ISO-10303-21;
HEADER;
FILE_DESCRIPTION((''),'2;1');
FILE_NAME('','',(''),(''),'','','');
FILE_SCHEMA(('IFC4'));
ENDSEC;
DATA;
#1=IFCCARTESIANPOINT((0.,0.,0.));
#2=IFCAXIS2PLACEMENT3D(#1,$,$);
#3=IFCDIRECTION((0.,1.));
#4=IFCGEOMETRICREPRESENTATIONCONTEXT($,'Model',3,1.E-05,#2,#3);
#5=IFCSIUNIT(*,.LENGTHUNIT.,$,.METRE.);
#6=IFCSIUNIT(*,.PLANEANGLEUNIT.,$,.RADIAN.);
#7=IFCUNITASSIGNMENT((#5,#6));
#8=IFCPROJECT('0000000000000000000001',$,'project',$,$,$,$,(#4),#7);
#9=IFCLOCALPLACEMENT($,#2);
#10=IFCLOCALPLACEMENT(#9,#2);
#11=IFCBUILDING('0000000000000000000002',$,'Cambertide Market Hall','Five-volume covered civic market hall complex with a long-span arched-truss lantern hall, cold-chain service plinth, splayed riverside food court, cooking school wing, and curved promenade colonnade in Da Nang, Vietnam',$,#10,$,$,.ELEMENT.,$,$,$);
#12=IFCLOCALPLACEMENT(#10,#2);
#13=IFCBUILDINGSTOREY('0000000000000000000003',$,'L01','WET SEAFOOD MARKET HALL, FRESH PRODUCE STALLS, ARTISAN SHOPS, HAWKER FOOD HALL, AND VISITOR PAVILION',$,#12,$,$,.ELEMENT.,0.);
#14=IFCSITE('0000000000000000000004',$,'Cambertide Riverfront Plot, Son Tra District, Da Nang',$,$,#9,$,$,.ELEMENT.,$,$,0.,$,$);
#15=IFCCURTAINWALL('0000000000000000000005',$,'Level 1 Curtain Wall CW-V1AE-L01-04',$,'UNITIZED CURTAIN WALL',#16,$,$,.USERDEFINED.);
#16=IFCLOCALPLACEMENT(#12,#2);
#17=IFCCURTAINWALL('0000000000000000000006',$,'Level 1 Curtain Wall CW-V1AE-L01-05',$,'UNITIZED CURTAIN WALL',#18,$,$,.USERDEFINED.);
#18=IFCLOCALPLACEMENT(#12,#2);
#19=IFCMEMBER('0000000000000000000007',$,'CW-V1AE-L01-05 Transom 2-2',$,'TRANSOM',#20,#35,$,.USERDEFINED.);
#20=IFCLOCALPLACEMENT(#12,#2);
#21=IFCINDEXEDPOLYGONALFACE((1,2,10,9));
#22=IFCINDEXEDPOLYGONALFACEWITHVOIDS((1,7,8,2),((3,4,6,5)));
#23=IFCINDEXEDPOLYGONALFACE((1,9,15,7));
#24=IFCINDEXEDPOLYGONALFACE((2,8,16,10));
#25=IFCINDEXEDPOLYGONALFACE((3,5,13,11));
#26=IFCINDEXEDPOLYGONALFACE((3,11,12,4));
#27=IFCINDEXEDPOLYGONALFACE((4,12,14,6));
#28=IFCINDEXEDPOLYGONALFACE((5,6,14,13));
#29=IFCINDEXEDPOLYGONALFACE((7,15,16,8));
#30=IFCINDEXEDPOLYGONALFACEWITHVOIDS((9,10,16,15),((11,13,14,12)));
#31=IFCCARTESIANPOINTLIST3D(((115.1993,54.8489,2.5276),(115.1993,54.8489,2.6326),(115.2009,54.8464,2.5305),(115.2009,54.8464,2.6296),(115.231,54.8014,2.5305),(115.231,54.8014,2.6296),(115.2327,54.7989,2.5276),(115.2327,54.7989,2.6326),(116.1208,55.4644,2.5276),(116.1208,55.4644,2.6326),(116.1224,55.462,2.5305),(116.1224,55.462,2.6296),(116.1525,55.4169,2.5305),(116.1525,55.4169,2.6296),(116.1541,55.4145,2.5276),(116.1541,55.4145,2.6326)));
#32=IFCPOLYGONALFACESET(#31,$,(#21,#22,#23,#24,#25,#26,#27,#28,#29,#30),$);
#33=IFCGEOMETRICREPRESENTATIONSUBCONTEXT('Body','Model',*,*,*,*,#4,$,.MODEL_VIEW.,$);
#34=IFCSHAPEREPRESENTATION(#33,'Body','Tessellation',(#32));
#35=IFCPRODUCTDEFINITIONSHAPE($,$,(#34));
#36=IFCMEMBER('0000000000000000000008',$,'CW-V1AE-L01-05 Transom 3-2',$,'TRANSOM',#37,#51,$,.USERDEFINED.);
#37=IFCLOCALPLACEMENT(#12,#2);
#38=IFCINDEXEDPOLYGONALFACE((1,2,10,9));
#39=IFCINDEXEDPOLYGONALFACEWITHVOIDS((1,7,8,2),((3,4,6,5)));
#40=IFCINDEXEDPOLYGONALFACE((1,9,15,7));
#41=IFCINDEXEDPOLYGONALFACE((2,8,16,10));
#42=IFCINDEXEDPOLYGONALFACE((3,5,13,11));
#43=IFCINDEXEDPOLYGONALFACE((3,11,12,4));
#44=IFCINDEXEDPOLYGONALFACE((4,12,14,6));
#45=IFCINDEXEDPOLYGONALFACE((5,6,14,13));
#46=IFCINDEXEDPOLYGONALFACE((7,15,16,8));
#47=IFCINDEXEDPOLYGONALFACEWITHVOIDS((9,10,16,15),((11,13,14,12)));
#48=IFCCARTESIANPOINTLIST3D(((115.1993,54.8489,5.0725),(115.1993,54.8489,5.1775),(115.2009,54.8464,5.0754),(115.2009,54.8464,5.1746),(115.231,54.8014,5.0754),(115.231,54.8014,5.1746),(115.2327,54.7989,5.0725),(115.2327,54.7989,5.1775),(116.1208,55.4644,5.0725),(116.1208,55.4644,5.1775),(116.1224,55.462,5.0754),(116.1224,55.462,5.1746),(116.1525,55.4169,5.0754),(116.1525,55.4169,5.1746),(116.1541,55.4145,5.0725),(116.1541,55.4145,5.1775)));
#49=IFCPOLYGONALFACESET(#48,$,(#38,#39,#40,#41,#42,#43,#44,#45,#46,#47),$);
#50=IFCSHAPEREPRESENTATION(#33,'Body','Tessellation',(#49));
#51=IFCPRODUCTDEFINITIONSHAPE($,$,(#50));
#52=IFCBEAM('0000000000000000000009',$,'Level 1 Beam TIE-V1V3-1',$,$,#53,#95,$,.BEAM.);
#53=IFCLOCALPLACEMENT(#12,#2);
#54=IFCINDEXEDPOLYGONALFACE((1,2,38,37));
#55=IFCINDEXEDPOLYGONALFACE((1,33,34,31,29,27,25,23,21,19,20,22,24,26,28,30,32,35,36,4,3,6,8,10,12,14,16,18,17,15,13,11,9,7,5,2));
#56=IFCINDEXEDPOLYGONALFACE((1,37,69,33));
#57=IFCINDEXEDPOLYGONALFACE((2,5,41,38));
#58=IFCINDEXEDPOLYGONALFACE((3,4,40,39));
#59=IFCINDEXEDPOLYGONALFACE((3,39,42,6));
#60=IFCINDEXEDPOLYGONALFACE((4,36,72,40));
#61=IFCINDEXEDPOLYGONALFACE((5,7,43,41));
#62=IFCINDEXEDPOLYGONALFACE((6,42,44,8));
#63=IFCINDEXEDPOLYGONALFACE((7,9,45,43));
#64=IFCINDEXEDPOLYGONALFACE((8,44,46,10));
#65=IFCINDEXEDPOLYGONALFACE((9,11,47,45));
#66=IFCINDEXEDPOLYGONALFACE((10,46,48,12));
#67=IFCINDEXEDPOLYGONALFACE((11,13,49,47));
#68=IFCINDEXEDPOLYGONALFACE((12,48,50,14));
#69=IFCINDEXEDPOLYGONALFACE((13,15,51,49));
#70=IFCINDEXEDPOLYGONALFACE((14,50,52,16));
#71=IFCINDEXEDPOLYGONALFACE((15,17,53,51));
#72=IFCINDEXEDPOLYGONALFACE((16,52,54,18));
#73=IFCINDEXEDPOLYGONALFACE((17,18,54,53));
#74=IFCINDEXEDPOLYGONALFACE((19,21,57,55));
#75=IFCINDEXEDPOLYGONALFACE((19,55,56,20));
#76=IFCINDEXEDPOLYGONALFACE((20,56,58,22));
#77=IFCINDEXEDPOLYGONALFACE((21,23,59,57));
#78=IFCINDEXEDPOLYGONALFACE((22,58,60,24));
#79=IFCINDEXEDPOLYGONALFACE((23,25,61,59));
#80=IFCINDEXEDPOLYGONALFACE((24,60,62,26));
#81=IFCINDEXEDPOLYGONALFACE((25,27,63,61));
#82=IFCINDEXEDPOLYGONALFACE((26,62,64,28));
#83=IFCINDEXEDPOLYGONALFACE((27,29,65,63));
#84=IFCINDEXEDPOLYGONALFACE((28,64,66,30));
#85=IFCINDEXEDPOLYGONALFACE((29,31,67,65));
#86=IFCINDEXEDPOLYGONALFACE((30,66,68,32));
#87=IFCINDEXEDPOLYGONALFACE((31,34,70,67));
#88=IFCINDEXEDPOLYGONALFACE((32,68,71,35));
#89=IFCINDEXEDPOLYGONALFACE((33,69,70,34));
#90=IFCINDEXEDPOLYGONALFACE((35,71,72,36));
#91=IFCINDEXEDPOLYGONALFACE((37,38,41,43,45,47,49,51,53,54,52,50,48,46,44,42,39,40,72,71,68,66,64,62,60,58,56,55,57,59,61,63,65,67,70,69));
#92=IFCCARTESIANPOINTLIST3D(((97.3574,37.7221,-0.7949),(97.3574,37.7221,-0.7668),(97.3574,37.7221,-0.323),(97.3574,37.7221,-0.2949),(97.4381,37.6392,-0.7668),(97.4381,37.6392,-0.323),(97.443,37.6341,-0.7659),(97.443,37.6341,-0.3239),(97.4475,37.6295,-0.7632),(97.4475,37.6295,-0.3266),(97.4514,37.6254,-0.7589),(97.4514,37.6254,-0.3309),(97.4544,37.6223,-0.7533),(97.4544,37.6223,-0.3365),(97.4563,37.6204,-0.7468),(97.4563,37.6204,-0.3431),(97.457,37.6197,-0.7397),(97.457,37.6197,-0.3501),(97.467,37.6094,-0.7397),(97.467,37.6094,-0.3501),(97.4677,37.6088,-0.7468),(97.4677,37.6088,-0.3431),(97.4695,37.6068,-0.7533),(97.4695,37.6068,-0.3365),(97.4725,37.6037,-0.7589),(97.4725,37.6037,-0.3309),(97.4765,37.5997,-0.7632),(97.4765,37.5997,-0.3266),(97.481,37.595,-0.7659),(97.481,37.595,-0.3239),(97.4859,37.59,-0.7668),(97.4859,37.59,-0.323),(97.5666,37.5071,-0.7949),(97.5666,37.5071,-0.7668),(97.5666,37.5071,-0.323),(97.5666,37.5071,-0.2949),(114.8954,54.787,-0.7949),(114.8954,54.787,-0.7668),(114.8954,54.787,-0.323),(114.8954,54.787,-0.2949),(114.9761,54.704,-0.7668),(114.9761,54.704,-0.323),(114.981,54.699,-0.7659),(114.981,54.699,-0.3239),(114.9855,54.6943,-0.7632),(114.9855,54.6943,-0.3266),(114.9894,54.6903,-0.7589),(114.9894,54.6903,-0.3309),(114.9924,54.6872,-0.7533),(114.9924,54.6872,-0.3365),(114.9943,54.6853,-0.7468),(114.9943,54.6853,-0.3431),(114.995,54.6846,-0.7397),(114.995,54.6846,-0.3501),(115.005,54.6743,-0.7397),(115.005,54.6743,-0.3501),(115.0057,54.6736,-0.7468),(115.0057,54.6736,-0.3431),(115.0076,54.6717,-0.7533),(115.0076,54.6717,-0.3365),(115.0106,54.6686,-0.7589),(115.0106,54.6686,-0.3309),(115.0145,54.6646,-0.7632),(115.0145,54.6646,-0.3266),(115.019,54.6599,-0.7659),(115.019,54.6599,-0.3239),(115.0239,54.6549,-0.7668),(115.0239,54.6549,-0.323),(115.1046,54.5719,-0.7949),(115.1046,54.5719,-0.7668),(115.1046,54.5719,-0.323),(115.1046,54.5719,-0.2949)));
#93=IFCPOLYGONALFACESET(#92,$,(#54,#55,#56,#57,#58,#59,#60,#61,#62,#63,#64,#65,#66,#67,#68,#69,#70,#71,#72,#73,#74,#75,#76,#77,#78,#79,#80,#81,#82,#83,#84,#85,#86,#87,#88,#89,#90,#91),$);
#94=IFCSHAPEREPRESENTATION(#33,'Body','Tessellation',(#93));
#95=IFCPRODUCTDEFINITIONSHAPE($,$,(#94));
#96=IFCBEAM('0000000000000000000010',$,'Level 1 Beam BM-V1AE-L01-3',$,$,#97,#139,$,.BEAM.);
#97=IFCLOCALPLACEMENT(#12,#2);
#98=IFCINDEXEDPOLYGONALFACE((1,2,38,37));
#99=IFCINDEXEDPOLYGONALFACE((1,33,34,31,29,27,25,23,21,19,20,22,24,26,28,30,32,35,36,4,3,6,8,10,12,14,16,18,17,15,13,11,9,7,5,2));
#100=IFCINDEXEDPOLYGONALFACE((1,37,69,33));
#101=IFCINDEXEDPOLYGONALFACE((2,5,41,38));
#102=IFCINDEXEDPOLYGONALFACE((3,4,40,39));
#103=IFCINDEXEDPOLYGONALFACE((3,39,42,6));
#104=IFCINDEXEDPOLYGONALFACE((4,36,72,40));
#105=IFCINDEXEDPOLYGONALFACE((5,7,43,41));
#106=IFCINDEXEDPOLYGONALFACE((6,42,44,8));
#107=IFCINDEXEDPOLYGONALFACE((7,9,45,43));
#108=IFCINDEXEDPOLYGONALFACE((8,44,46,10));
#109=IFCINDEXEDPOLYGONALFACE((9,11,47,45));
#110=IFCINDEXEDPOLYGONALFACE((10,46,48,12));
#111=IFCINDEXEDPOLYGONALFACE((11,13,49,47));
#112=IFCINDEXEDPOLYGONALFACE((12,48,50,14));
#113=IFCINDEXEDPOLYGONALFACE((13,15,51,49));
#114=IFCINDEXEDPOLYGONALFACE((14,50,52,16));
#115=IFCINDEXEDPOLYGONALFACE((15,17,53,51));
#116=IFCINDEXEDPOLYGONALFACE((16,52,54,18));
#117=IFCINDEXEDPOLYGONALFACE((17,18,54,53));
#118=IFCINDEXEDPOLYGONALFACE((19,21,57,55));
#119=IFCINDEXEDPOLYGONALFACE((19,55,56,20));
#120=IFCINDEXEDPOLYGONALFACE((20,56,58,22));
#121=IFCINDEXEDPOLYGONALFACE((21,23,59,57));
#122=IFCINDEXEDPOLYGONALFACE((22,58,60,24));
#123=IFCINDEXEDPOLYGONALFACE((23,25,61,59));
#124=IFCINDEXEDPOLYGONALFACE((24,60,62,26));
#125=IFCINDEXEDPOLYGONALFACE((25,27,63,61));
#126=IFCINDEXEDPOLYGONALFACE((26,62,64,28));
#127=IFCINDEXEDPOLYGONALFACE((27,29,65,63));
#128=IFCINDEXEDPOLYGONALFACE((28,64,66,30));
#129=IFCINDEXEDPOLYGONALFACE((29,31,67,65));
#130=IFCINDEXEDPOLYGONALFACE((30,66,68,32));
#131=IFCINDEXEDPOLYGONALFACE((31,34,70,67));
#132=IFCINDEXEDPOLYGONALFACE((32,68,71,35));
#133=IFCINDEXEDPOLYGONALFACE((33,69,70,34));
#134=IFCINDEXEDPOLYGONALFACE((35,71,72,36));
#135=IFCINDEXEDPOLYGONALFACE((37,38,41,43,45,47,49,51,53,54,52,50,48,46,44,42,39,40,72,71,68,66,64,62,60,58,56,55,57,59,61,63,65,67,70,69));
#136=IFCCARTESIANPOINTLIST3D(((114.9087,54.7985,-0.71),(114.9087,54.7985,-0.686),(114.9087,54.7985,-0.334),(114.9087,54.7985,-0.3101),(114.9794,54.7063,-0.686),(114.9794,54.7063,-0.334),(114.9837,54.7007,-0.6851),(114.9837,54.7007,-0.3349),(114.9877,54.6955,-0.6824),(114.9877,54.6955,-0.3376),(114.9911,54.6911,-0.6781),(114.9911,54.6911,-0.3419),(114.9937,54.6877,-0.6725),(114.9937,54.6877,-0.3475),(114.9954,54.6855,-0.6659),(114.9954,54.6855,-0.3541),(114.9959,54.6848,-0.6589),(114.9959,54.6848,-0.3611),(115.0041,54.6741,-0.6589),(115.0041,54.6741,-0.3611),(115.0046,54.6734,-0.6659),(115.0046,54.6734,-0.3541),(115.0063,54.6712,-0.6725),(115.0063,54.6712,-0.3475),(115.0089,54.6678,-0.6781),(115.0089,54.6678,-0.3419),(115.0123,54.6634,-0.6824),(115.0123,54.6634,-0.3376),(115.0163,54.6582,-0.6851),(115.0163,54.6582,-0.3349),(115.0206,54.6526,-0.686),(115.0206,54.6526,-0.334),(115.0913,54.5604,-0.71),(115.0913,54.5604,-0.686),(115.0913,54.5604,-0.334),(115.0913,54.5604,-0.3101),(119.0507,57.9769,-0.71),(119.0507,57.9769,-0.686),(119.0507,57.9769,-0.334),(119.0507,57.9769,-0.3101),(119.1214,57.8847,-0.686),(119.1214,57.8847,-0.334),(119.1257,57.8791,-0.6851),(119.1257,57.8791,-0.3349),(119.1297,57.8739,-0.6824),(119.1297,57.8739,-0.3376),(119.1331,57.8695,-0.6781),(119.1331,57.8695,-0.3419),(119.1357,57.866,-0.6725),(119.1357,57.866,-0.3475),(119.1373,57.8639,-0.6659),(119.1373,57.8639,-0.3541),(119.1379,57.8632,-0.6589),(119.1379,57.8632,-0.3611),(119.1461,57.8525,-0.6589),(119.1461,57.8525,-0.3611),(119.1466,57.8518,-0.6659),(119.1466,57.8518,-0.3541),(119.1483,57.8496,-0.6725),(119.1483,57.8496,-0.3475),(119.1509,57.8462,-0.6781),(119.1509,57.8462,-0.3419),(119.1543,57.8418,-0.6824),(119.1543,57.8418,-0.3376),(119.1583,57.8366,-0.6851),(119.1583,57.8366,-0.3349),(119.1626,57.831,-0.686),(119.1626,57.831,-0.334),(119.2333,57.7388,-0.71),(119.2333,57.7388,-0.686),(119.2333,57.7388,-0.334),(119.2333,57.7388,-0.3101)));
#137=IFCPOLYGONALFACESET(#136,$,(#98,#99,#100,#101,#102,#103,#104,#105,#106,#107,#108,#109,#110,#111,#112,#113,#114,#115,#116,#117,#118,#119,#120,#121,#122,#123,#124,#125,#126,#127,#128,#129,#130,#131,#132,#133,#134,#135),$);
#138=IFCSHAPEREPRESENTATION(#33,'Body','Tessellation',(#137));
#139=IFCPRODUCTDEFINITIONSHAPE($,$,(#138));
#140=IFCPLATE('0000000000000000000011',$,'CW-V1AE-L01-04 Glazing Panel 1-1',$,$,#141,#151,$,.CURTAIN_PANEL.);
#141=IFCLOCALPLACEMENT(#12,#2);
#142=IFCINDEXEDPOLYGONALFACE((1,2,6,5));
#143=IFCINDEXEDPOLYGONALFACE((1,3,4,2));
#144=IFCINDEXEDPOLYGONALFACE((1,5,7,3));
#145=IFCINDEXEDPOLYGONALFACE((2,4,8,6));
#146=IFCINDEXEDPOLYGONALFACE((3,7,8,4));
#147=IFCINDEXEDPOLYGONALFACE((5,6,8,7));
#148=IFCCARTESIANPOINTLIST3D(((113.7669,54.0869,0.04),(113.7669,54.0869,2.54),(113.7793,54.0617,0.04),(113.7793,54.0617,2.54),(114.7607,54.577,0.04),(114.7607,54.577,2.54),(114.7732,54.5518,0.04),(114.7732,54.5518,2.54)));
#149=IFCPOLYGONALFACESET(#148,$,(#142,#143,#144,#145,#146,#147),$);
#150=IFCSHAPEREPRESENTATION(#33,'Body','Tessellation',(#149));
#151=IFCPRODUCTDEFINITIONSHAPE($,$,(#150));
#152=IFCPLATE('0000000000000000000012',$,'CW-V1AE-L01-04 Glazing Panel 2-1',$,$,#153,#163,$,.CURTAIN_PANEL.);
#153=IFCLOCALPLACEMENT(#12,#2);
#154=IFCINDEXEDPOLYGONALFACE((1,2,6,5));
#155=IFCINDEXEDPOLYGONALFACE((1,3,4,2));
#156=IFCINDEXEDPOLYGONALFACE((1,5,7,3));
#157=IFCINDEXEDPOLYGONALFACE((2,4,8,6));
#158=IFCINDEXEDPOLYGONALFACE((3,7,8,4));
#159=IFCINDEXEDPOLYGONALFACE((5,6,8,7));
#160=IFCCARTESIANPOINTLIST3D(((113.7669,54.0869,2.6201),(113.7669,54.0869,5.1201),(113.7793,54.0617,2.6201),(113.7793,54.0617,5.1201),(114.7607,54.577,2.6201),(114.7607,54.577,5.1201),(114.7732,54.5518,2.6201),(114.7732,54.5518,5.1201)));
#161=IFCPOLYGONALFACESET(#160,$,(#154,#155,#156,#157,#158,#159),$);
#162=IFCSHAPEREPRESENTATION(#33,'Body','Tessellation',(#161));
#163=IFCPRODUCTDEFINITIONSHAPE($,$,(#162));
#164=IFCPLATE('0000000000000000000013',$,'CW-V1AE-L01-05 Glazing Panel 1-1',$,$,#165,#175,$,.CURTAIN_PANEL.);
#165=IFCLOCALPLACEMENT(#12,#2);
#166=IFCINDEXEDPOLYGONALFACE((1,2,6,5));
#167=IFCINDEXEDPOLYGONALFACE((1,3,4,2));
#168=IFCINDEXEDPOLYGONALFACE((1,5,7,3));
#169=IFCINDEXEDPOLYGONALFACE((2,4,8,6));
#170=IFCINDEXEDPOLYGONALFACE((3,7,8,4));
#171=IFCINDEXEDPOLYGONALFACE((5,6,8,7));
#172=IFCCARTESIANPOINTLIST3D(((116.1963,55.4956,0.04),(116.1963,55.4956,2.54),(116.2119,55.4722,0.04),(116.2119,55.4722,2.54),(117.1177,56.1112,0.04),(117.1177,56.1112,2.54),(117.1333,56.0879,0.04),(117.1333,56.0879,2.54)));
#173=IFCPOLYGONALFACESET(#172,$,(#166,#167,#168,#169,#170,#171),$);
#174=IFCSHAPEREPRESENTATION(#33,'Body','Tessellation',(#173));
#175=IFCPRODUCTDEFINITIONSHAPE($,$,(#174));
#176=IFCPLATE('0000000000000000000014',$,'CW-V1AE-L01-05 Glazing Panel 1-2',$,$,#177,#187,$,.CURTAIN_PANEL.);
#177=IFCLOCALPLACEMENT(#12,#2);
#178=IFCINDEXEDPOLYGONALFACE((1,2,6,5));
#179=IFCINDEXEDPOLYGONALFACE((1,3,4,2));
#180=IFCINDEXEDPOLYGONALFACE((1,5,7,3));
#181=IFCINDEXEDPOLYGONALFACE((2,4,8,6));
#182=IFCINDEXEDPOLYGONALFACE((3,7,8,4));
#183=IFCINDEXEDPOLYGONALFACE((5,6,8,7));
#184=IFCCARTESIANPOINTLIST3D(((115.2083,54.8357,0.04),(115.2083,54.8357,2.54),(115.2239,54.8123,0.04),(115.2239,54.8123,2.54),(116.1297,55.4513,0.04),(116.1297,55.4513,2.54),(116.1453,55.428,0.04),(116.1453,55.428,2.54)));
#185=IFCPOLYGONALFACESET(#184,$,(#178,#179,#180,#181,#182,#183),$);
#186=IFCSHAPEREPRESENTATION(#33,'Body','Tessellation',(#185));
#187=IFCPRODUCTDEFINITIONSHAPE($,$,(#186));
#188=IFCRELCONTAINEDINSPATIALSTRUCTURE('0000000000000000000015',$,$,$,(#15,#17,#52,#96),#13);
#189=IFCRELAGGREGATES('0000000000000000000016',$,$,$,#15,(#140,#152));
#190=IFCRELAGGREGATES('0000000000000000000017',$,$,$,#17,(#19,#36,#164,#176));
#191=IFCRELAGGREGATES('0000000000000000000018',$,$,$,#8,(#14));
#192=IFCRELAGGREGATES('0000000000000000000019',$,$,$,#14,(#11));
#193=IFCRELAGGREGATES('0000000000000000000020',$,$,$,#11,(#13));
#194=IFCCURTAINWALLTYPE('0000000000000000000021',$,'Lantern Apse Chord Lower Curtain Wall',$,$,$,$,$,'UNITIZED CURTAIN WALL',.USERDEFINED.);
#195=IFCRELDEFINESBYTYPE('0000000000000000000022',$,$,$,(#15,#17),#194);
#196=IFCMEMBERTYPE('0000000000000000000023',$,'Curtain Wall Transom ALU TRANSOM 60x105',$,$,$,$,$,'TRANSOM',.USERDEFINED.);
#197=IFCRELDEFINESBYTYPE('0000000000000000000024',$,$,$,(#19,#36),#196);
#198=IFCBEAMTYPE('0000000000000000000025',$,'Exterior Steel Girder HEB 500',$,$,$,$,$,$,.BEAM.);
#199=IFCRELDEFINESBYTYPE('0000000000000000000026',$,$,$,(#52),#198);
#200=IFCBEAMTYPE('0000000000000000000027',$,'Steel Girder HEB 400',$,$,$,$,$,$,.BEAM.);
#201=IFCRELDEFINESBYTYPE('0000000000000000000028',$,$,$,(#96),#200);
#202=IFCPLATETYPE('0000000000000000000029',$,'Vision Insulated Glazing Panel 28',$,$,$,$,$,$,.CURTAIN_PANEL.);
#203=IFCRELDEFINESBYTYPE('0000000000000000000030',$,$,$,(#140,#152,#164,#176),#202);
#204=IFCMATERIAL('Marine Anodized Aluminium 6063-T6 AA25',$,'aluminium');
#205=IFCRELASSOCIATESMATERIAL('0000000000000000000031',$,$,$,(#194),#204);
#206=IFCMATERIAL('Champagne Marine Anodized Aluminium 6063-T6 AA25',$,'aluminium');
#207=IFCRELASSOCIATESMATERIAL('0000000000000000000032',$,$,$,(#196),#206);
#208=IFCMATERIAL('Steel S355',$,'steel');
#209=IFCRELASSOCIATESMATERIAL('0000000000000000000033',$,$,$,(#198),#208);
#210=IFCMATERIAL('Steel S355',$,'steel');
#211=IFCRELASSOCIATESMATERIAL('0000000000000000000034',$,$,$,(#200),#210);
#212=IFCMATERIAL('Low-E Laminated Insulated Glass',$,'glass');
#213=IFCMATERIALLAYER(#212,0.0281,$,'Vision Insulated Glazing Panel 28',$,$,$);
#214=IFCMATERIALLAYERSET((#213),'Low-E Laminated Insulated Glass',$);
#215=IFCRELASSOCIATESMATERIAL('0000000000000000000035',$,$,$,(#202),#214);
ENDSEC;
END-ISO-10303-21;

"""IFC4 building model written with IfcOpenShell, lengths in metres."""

from ifc_helpers import new_model, si_unit, direction, frame, origin, origin_2d, place, context, subcontext, project, spatial, rectangle, hollow_rectangle, i_section, extrude, material, layer, layer_set, material_profile, profile_set, type_object, element, aggregate, save


model = new_model("IFC4")

# Units and contexts
model_context = context("Model", 3, precision=1e-05, world=origin(), true_north=direction((0.0, 1.0)))
body_context = subcontext(model_context, "Body", "Model", "MODEL_VIEW")
ifc_project = project(units=[si_unit("LENGTHUNIT", "METRE"), si_unit("PLANEANGLEUNIT", "RADIAN")], contexts=[model_context])

# Site, building, storey
site_placement = place(None, origin())
site = spatial("IfcSite", under=ifc_project, at=site_placement, Name="Cambertide Riverfront Plot, Son Tra District, Da Nang", CompositionType="ELEMENT", RefElevation=0.0)
building_placement = place(site_placement, origin())
building = spatial("IfcBuilding", under=site, at=building_placement, Name="Cambertide Market Hall", Description="Five-volume covered civic market hall complex with a long-span arched-truss lantern hall, cold-chain service plinth, splayed riverside food court, cooking school wing, and curved promenade colonnade in Da Nang, Vietnam", CompositionType="ELEMENT")
storey_placement = place(building_placement, origin())
storey = spatial("IfcBuildingStorey", under=building, at=storey_placement, Name="L01", Description="WET SEAFOOD MARKET HALL, FRESH PRODUCE STALLS, ARTISAN SHOPS, HAWKER FOOD HALL, AND VISITOR PAVILION", CompositionType="ELEMENT", Elevation=0.0)

# Curtain wall
ifc_material_1 = material(Name="Marine Anodized Aluminium 6063-T6 AA25", Category="aluminium")
curtain_wall_type = type_object("IfcCurtainWallType", Name="Lantern Apse Chord Lower Curtain Wall", ElementType="UNITIZED CURTAIN WALL", PredefinedType="USERDEFINED", material=ifc_material_1)
curtain_wall_1_placement = place(storey_placement, origin())
curtain_wall_1 = element("IfcCurtainWall", 1, at=curtain_wall_1_placement, inside=storey, type_object=curtain_wall_type, Name="Level 1 Curtain Wall CW-V1AE-L01-04", ObjectType="UNITIZED CURTAIN WALL", PredefinedType="USERDEFINED")

# Curtain wall
curtain_wall_2_placement = place(storey_placement, origin())
curtain_wall_2 = element("IfcCurtainWall", 2, at=curtain_wall_2_placement, inside=storey, type_object=curtain_wall_type, Name="Level 1 Curtain Wall CW-V1AE-L01-05", ObjectType="UNITIZED CURTAIN WALL", PredefinedType="USERDEFINED")

# Members
ifc_material_2 = material(Name="Champagne Marine Anodized Aluminium 6063-T6 AA25", Category="aluminium")
ifc_material_profile_1 = material_profile(ifc_material_2, hollow_rectangle(XDim=0.0601, YDim=0.105, WallThickness=0.0029, at=origin_2d()), Name="ALU TRANSOM 60x105")
ifc_profile_set_1 = profile_set([ifc_material_profile_1], Name="Champagne Marine Anodized Aluminium 6063-T6 AA25")
member_type_1 = type_object("IfcMemberType", Name="Curtain Wall Transom ALU TRANSOM 60x105", ElementType="TRANSOM", PredefinedType="USERDEFINED", material=ifc_profile_set_1)
member_1_placement = place(storey_placement, frame((116.1375, 55.4395, 2.5801), z_axis=(-0.831541, -0.555463, 0.0), x_axis=(0.555463, -0.831541, 0.0)))
member_1 = element("IfcMember", 3, at=member_1_placement, type_object=member_type_1, Name="CW-V1AE-L01-05 Transom 2-2", ObjectType="TRANSOM", PredefinedType="USERDEFINED", context=body_context, shape_type="SweptSolid", body=[
    extrude(hollow_rectangle(XDim=0.0601, YDim=0.105, WallThickness=0.0029, at=origin_2d()), origin(), (0.0, 0.0, 1.0), 1.1082),
])
member_2_placement = place(storey_placement, frame((116.1375, 55.4395, 5.125), z_axis=(-0.831541, -0.555463, 0.0), x_axis=(0.555463, -0.831541, 0.0)))
member_2 = element("IfcMember", 4, at=member_2_placement, type_object=member_type_1, Name="CW-V1AE-L01-05 Transom 3-2", ObjectType="TRANSOM", PredefinedType="USERDEFINED", context=body_context, shape_type="SweptSolid", body=[
    extrude(hollow_rectangle(XDim=0.0601, YDim=0.105, WallThickness=0.0029, at=origin_2d()), origin(), (0.0, 0.0, 1.0), 1.1082),
])

# Beams
ifc_material_3 = material(Name="Steel S355", Category="steel")
ifc_material_profile_2 = material_profile(ifc_material_3, i_section(OverallWidth=0.3, OverallDepth=0.5, WebThickness=0.0144, FlangeThickness=0.0281, FilletRadius=0.0271, at=origin_2d()), Name="HEB 500")
ifc_profile_set_2 = profile_set([ifc_material_profile_2], Name="Steel S355")
beam_type_1 = type_object("IfcBeamType", Name="Exterior Steel Girder HEB 500", PredefinedType="BEAM", material=ifc_profile_set_2)
beam_1_placement = place(storey_placement, frame((115.0, 54.6794, -0.5449), z_axis=(-0.716708, -0.697373, 0.0), x_axis=(0.697373, -0.716708, 0.0)))
element("IfcBeam", 5, at=beam_1_placement, inside=storey, type_object=beam_type_1, Name="Level 1 Beam TIE-V1V3-1", PredefinedType="BEAM", context=body_context, shape_type="SweptSolid", body=[
    extrude(i_section(OverallWidth=0.3, OverallDepth=0.5, WebThickness=0.0144, FlangeThickness=0.0281, FilletRadius=0.0271, at=origin_2d()), origin(), (0.0, 0.0, 1.0), 24.4702),
])
ifc_material_4 = material(Name="Steel S355", Category="steel")
ifc_material_profile_3 = material_profile(ifc_material_4, i_section(OverallWidth=0.3, OverallDepth=0.3999, WebThickness=0.0134, FlangeThickness=0.0239, FilletRadius=0.0271, at=origin_2d()), Name="HEB 400")
ifc_profile_set_3 = profile_set([ifc_material_profile_3], Name="Steel S355")
beam_type_2 = type_object("IfcBeamType", Name="Steel Girder HEB 400", PredefinedType="BEAM", material=ifc_profile_set_3)
beam_2_placement = place(storey_placement, frame((115.0, 54.6794, -0.51), z_axis=(0.793341, 0.608777, 0.0), x_axis=(-0.608777, 0.793341, 0.0)))
element("IfcBeam", 6, at=beam_2_placement, inside=storey, type_object=beam_type_2, Name="Level 1 Beam BM-V1AE-L01-3", PredefinedType="BEAM", context=body_context, shape_type="SweptSolid", body=[
    extrude(i_section(OverallWidth=0.3, OverallDepth=0.3999, WebThickness=0.0134, FlangeThickness=0.0239, FilletRadius=0.0271, at=origin_2d()), origin(), (0.0, 0.0, 1.0), 5.2209),
])

# Plates
ifc_material_5 = material(Name="Low-E Laminated Insulated Glass", Category="glass")
ifc_layer_1 = layer(ifc_material_5, 0.0281, Name="Vision Insulated Glazing Panel 28")
ifc_layer_set_1 = layer_set([ifc_layer_1], Name="Low-E Laminated Insulated Glass")
plate_type = type_object("IfcPlateType", Name="Vision Insulated Glazing Panel 28", PredefinedType="CURTAIN_PANEL", material=ifc_layer_set_1)
plate_1_placement = place(storey_placement, frame((114.27, 54.3193, 0.04), z_axis=(0.0, 0.0, 1.0), x_axis=(-0.896873, -0.442289, 0.0)))
plate_1 = element("IfcPlate", 7, at=plate_1_placement, type_object=plate_type, Name="CW-V1AE-L01-04 Glazing Panel 1-1", PredefinedType="CURTAIN_PANEL", context=body_context, shape_type="SweptSolid", body=[
    extrude(rectangle(XDim=1.1082, YDim=0.0281, at=origin_2d()), origin(), (0.0, 0.0, 1.0), 2.5),
])
plate_2_placement = place(storey_placement, frame((114.27, 54.3193, 2.6201), z_axis=(0.0, 0.0, 1.0), x_axis=(-0.896873, -0.442289, 0.0)))
plate_2 = element("IfcPlate", 8, at=plate_2_placement, type_object=plate_type, Name="CW-V1AE-L01-04 Glazing Panel 2-1", PredefinedType="CURTAIN_PANEL", context=body_context, shape_type="SweptSolid", body=[
    extrude(rectangle(XDim=1.1082, YDim=0.0281, at=origin_2d()), origin(), (0.0, 0.0, 1.0), 2.5),
])
aggregate(curtain_wall_1, [plate_1, plate_2])
plate_3_placement = place(storey_placement, frame((116.6648, 55.7917, 0.04), z_axis=(0.0, 0.0, 1.0), x_axis=(-0.83147, -0.55557, 0.0)))
plate_3 = element("IfcPlate", 9, at=plate_3_placement, type_object=plate_type, Name="CW-V1AE-L01-05 Glazing Panel 1-1", PredefinedType="CURTAIN_PANEL", context=body_context, shape_type="SweptSolid", body=[
    extrude(rectangle(XDim=1.1082, YDim=0.0281, at=origin_2d()), origin(), (0.0, 0.0, 1.0), 2.5),
])
plate_4_placement = place(storey_placement, frame((115.6768, 55.1318, 0.04), z_axis=(0.0, 0.0, 1.0), x_axis=(-0.83147, -0.55557, 0.0)))
plate_4 = element("IfcPlate", 10, at=plate_4_placement, type_object=plate_type, Name="CW-V1AE-L01-05 Glazing Panel 1-2", PredefinedType="CURTAIN_PANEL", context=body_context, shape_type="SweptSolid", body=[
    extrude(rectangle(XDim=1.1082, YDim=0.0281, at=origin_2d()), origin(), (0.0, 0.0, 1.0), 2.5),
])
aggregate(curtain_wall_2, [member_1, member_2, plate_3, plate_4])

save(model, "model.ifc")
